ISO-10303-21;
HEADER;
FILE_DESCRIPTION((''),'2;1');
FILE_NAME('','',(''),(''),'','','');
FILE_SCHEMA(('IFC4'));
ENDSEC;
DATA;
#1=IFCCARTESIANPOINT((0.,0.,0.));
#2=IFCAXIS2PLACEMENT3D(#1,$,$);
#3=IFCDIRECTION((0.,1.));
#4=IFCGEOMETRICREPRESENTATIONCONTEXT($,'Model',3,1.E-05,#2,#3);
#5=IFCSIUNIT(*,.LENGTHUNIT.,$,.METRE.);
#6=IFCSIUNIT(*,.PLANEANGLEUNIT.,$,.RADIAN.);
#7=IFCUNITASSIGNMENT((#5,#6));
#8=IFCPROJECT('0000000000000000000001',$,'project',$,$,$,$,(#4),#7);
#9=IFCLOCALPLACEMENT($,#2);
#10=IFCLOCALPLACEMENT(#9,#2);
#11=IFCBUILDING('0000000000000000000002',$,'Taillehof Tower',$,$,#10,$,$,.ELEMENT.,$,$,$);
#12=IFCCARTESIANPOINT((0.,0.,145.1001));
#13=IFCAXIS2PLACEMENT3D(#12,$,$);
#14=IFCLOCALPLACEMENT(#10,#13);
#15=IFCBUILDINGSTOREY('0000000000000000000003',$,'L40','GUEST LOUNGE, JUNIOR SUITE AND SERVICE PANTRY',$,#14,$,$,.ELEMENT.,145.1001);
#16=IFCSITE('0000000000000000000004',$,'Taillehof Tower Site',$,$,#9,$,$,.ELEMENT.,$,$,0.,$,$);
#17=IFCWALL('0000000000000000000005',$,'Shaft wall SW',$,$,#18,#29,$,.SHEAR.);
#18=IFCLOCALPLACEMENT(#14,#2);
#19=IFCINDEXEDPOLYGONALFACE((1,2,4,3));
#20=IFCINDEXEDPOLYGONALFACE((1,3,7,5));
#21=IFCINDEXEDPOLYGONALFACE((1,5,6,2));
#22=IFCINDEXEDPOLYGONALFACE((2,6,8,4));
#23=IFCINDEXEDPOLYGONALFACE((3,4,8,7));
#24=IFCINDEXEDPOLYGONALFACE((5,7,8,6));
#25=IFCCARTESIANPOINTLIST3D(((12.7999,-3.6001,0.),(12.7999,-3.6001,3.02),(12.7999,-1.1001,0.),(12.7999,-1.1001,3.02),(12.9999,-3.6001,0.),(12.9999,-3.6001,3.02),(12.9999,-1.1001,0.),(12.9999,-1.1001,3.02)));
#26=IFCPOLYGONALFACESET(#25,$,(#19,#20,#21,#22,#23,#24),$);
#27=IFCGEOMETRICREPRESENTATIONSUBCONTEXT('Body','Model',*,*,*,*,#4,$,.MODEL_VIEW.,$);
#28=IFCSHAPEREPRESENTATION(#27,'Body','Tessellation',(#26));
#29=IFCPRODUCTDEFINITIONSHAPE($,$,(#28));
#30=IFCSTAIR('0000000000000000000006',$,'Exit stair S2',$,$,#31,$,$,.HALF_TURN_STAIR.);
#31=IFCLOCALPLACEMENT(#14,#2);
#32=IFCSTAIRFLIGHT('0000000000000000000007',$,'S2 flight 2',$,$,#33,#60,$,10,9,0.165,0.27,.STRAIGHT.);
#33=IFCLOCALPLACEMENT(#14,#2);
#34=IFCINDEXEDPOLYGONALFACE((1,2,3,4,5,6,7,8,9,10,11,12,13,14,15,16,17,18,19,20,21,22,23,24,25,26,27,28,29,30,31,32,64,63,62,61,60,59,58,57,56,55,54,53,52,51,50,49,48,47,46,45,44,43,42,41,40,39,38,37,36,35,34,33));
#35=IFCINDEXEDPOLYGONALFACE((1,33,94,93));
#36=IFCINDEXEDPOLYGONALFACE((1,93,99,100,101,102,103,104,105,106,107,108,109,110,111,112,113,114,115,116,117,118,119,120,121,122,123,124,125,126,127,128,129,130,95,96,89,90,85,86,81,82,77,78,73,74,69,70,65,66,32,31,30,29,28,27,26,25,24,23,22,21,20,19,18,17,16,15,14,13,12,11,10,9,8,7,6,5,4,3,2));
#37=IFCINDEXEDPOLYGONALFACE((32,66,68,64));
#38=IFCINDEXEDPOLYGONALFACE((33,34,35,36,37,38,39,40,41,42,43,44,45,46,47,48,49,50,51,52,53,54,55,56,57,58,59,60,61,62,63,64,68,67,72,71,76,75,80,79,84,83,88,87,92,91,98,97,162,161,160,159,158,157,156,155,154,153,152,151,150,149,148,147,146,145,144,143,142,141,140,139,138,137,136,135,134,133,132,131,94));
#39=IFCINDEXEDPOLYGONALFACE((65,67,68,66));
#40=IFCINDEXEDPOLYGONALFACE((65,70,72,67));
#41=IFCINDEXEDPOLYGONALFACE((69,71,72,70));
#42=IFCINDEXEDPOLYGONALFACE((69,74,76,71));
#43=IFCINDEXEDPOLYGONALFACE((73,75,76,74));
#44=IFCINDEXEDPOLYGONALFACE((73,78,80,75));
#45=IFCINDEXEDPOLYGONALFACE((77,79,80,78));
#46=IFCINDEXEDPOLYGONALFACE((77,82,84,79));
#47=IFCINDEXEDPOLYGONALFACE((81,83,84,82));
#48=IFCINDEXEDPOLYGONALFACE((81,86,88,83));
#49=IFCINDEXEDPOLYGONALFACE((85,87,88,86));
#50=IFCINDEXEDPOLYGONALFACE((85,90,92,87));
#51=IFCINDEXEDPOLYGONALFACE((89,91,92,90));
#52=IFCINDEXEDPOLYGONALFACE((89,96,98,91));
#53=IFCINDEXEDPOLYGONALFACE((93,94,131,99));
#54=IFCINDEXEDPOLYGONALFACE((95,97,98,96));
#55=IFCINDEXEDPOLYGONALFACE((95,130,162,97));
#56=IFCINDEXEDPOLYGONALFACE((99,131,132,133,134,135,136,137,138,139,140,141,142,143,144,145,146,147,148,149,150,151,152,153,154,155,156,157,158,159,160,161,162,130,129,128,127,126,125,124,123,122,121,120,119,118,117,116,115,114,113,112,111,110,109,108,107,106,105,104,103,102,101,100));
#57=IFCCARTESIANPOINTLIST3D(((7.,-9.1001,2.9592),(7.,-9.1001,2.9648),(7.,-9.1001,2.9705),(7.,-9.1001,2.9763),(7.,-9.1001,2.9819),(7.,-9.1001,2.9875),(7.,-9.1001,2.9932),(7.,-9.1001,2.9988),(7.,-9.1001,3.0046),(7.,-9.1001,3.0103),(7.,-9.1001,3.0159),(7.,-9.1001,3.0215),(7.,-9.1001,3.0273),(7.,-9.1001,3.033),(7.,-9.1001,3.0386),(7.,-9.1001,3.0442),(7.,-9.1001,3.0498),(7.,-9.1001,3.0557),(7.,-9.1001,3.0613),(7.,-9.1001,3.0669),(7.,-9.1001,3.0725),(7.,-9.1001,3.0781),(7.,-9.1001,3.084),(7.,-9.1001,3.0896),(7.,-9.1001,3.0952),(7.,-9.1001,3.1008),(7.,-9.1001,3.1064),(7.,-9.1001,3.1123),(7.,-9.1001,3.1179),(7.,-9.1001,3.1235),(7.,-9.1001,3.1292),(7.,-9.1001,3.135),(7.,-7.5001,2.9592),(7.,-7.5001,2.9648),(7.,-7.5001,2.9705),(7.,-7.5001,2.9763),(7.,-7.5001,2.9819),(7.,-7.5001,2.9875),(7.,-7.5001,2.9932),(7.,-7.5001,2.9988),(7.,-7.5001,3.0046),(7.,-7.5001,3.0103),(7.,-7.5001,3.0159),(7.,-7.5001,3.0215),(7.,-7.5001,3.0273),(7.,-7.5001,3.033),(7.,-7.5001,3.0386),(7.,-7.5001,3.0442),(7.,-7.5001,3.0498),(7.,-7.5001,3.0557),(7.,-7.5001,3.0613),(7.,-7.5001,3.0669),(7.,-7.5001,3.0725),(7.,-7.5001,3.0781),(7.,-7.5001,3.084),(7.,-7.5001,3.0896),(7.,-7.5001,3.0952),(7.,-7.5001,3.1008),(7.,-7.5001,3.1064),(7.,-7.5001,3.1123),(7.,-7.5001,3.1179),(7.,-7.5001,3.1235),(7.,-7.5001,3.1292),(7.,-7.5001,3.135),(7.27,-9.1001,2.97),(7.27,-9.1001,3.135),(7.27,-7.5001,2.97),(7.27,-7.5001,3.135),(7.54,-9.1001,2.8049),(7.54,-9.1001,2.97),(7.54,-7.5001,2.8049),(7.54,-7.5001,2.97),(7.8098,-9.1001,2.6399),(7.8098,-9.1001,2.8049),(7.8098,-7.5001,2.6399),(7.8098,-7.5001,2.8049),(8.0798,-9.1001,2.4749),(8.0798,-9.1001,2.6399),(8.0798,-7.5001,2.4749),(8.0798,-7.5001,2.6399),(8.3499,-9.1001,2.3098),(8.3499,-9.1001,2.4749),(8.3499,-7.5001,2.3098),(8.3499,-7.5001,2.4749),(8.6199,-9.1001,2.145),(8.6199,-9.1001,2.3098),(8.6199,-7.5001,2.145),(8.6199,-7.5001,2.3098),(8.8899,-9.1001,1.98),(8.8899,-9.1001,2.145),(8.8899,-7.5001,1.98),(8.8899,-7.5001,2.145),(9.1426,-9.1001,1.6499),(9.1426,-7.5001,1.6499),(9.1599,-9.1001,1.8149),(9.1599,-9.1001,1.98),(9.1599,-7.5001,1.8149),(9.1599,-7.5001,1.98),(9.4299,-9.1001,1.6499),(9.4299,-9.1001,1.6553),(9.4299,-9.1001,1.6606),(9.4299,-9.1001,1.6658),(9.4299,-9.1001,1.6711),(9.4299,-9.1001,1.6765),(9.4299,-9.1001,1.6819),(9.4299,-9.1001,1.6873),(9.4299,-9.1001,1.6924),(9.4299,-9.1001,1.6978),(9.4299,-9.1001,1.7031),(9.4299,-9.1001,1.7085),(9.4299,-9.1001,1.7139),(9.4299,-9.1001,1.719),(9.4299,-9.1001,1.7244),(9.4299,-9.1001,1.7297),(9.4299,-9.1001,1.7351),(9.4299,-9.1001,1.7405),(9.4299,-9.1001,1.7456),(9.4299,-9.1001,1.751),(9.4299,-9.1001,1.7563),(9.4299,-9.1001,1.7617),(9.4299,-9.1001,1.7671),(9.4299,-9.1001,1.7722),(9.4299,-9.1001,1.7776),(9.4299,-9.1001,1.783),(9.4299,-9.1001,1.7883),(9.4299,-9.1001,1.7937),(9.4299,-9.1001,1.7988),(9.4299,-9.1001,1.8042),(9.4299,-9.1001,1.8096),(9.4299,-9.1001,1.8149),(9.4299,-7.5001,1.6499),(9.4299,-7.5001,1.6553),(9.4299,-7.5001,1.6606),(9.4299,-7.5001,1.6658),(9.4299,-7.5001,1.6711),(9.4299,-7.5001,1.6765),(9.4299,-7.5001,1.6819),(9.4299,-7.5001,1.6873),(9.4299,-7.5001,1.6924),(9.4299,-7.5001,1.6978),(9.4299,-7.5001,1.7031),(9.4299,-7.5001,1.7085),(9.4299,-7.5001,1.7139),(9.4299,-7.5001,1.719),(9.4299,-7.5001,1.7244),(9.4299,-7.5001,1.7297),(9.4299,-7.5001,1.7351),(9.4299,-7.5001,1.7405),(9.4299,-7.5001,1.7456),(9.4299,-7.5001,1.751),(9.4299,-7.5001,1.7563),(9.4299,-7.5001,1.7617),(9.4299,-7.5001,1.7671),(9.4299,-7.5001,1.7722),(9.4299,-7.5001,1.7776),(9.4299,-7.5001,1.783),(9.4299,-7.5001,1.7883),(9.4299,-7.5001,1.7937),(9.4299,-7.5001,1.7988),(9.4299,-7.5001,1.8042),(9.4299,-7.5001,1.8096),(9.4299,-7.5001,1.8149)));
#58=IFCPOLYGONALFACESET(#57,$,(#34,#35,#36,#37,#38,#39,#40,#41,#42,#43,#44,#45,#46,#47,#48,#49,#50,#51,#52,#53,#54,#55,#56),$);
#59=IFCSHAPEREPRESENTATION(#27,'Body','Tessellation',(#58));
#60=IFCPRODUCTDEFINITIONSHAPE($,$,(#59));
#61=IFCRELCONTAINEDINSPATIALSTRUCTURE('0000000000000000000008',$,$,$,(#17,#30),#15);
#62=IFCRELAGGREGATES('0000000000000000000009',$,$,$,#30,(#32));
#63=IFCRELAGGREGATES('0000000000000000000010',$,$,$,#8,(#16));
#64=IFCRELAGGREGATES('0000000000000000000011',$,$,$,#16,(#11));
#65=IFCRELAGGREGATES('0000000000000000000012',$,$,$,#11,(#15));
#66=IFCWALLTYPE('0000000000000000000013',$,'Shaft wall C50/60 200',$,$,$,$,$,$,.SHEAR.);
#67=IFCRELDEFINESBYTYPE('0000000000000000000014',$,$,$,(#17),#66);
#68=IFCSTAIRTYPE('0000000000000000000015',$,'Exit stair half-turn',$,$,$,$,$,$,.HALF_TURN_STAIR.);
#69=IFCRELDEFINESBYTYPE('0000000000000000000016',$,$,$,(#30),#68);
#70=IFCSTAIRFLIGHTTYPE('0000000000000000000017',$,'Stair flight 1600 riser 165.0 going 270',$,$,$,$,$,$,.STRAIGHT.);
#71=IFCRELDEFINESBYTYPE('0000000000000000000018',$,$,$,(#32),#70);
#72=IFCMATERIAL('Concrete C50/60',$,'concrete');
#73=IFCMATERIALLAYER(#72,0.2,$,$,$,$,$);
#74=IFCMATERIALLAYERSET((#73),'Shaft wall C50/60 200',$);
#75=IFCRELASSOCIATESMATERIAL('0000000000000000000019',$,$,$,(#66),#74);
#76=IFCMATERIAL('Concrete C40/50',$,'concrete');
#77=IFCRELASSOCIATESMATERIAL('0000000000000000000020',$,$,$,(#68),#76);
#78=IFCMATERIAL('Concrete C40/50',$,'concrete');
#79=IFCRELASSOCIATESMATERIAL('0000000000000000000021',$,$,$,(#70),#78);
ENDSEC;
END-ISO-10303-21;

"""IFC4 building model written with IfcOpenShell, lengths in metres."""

from ifc_helpers import new_model, si_unit, direction, frame, frame_2d, origin, place, context, subcontext, project, spatial, polyline, rectangle, outline, extrude, material, layer, layer_set, type_object, element, aggregate, save


model = new_model("IFC4")

# Units and contexts
model_context = context("Model", 3, precision=1e-05, world=origin(), true_north=direction((0.0, 1.0)))
body_context = subcontext(model_context, "Body", "Model", "MODEL_VIEW")
ifc_project = project(units=[si_unit("LENGTHUNIT", "METRE"), si_unit("PLANEANGLEUNIT", "RADIAN")], contexts=[model_context])

# Site, building, storey
site_placement = place(None, origin())
site = spatial("IfcSite", under=ifc_project, at=site_placement, Name="Taillehof Tower Site", CompositionType="ELEMENT", RefElevation=0.0)
building_placement = place(site_placement, origin())
building = spatial("IfcBuilding", under=site, at=building_placement, Name="Taillehof Tower", CompositionType="ELEMENT")
storey_placement = place(building_placement, frame((0.0, 0.0, 145.1001)))
storey = spatial("IfcBuildingStorey", under=building, at=storey_placement, Name="L40", Description="GUEST LOUNGE, JUNIOR SUITE AND SERVICE PANTRY", CompositionType="ELEMENT", Elevation=145.1001)

# Wall
ifc_material_1 = material(Name="Concrete C50/60", Category="concrete")
ifc_layer_1 = layer(ifc_material_1, 0.2)
ifc_layer_set_1 = layer_set([ifc_layer_1], Name="Shaft wall C50/60 200")
wall_type_1 = type_object("IfcWallType", Name="Shaft wall C50/60 200", PredefinedType="SHEAR", material=ifc_layer_set_1)
for number, where, z_axis, x_axis, name in (
    (1, (12.8999, -3.6001, 0.0), (0.0, 0.0, 1.0), (0.0, 1.0, 0.0), "Shaft wall SW"),
):
    element("IfcWall", number, at=place(storey_placement, frame(where, z_axis=z_axis, x_axis=x_axis)), inside=storey, type_object=wall_type_1, Name=name, PredefinedType="SHEAR", context=body_context, shape_type="SweptSolid", body=[
        extrude(rectangle(XDim=2.5, YDim=0.2, at=frame_2d((1.25, 0.0))), origin(), (0.0, 0.0, 1.0), 3.02),
    ])

# Stair, stair flight
ifc_material_2 = material(Name="Concrete C40/50", Category="concrete")
stair_type = type_object("IfcStairType", Name="Exit stair half-turn", PredefinedType="HALF_TURN_STAIR", material=ifc_material_2)
stair_placement = place(storey_placement, origin())
stair = element("IfcStair", 2, at=stair_placement, inside=storey, type_object=stair_type, Name="Exit stair S2", PredefinedType="HALF_TURN_STAIR")
ifc_material_3 = material(Name="Concrete C40/50", Category="concrete")
stair_flight_type = type_object("IfcStairFlightType", Name="Stair flight 1600 riser 165.0 going 270", PredefinedType="STRAIGHT", material=ifc_material_3)
stair_flight_placement = place(storey_placement, frame((9.4299, -8.3, 1.6499), z_axis=(0.0, 0.0, 1.0), x_axis=(-1.0, 0.0, 0.0)))
stair_flight = element("IfcStairFlight", 3, at=stair_flight_placement, type_object=stair_flight_type, Name="S2 flight 2", NumberOfRisers=10, NumberOfTreads=9, PredefinedType="STRAIGHT", RiserHeight=0.165, TreadLength=0.27, context=body_context, shape_type="SweptSolid", body=[
    extrude(outline(polyline([(0.0, 0.0), (0.0, 0.0054), (0.0, 0.0107), (0.0, 0.0159), (0.0, 0.0212), (0.0, 0.0266), (0.0, 0.032), (0.0, 0.0374), (0.0, 0.0425), (0.0, 0.0479), (0.0, 0.0532), (0.0, 0.0586), (0.0, 0.064), (0.0, 0.0691), (0.0, 0.0745), (0.0, 0.0798), (0.0, 0.0852), (0.0, 0.0906), (0.0, 0.0957), (0.0, 0.1011), (0.0, 0.1064), (0.0, 0.1118), (0.0, 0.1172), (0.0, 0.1223), (0.0, 0.1277), (0.0, 0.1331), (0.0, 0.1384), (0.0, 0.1438), (0.0, 0.1489), (0.0, 0.1543), (0.0, 0.1597), (0.0, 0.165), (0.27, 0.165), (0.27, 0.3301), (0.54, 0.3301), (0.54, 0.4951), (0.8101, 0.4951), (0.8101, 0.6599), (1.0801, 0.6599), (1.0801, 0.825), (1.3501, 0.825), (1.3501, 0.99), (1.6201, 0.99), (1.6201, 1.155), (1.8899, 1.155), (1.8899, 1.3201), (2.1599, 1.3201), (2.1599, 1.4851), (2.4299, 1.4851), (2.4299, 1.4792), (2.4299, 1.4736), (2.4299, 1.468), (2.4299, 1.4624), (2.4299, 1.4565), (2.4299, 1.4509), (2.4299, 1.4453), (2.4299, 1.4397), (2.4299, 1.4341), (2.4299, 1.4282), (2.4299, 1.4226), (2.4299, 1.417), (2.4299, 1.4114), (2.4299, 1.4058), (2.4299, 1.3999), (2.4299, 1.3943), (2.4299, 1.3887), (2.4299, 1.3831), (2.4299, 1.3774), (2.4299, 1.3716), (2.4299, 1.366), (2.4299, 1.3604), (2.4299, 1.3547), (2.4299, 1.3489), (2.4299, 1.3433), (2.4299, 1.3376), (2.4299, 1.332), (2.4299, 1.3264), (2.4299, 1.3206), (2.4299, 1.3149), (2.4299, 1.3093), (0.2874, 0.0), (0.0, 0.0)])), frame((0.0, 0.8, 0.0), z_axis=(0.0, -1.0, 0.0), x_axis=(1.0, 0.0, 0.0)), (0.0, 0.0, 1.0), 1.6),
])
aggregate(stair, [stair_flight])

save(model, "model.ifc")
